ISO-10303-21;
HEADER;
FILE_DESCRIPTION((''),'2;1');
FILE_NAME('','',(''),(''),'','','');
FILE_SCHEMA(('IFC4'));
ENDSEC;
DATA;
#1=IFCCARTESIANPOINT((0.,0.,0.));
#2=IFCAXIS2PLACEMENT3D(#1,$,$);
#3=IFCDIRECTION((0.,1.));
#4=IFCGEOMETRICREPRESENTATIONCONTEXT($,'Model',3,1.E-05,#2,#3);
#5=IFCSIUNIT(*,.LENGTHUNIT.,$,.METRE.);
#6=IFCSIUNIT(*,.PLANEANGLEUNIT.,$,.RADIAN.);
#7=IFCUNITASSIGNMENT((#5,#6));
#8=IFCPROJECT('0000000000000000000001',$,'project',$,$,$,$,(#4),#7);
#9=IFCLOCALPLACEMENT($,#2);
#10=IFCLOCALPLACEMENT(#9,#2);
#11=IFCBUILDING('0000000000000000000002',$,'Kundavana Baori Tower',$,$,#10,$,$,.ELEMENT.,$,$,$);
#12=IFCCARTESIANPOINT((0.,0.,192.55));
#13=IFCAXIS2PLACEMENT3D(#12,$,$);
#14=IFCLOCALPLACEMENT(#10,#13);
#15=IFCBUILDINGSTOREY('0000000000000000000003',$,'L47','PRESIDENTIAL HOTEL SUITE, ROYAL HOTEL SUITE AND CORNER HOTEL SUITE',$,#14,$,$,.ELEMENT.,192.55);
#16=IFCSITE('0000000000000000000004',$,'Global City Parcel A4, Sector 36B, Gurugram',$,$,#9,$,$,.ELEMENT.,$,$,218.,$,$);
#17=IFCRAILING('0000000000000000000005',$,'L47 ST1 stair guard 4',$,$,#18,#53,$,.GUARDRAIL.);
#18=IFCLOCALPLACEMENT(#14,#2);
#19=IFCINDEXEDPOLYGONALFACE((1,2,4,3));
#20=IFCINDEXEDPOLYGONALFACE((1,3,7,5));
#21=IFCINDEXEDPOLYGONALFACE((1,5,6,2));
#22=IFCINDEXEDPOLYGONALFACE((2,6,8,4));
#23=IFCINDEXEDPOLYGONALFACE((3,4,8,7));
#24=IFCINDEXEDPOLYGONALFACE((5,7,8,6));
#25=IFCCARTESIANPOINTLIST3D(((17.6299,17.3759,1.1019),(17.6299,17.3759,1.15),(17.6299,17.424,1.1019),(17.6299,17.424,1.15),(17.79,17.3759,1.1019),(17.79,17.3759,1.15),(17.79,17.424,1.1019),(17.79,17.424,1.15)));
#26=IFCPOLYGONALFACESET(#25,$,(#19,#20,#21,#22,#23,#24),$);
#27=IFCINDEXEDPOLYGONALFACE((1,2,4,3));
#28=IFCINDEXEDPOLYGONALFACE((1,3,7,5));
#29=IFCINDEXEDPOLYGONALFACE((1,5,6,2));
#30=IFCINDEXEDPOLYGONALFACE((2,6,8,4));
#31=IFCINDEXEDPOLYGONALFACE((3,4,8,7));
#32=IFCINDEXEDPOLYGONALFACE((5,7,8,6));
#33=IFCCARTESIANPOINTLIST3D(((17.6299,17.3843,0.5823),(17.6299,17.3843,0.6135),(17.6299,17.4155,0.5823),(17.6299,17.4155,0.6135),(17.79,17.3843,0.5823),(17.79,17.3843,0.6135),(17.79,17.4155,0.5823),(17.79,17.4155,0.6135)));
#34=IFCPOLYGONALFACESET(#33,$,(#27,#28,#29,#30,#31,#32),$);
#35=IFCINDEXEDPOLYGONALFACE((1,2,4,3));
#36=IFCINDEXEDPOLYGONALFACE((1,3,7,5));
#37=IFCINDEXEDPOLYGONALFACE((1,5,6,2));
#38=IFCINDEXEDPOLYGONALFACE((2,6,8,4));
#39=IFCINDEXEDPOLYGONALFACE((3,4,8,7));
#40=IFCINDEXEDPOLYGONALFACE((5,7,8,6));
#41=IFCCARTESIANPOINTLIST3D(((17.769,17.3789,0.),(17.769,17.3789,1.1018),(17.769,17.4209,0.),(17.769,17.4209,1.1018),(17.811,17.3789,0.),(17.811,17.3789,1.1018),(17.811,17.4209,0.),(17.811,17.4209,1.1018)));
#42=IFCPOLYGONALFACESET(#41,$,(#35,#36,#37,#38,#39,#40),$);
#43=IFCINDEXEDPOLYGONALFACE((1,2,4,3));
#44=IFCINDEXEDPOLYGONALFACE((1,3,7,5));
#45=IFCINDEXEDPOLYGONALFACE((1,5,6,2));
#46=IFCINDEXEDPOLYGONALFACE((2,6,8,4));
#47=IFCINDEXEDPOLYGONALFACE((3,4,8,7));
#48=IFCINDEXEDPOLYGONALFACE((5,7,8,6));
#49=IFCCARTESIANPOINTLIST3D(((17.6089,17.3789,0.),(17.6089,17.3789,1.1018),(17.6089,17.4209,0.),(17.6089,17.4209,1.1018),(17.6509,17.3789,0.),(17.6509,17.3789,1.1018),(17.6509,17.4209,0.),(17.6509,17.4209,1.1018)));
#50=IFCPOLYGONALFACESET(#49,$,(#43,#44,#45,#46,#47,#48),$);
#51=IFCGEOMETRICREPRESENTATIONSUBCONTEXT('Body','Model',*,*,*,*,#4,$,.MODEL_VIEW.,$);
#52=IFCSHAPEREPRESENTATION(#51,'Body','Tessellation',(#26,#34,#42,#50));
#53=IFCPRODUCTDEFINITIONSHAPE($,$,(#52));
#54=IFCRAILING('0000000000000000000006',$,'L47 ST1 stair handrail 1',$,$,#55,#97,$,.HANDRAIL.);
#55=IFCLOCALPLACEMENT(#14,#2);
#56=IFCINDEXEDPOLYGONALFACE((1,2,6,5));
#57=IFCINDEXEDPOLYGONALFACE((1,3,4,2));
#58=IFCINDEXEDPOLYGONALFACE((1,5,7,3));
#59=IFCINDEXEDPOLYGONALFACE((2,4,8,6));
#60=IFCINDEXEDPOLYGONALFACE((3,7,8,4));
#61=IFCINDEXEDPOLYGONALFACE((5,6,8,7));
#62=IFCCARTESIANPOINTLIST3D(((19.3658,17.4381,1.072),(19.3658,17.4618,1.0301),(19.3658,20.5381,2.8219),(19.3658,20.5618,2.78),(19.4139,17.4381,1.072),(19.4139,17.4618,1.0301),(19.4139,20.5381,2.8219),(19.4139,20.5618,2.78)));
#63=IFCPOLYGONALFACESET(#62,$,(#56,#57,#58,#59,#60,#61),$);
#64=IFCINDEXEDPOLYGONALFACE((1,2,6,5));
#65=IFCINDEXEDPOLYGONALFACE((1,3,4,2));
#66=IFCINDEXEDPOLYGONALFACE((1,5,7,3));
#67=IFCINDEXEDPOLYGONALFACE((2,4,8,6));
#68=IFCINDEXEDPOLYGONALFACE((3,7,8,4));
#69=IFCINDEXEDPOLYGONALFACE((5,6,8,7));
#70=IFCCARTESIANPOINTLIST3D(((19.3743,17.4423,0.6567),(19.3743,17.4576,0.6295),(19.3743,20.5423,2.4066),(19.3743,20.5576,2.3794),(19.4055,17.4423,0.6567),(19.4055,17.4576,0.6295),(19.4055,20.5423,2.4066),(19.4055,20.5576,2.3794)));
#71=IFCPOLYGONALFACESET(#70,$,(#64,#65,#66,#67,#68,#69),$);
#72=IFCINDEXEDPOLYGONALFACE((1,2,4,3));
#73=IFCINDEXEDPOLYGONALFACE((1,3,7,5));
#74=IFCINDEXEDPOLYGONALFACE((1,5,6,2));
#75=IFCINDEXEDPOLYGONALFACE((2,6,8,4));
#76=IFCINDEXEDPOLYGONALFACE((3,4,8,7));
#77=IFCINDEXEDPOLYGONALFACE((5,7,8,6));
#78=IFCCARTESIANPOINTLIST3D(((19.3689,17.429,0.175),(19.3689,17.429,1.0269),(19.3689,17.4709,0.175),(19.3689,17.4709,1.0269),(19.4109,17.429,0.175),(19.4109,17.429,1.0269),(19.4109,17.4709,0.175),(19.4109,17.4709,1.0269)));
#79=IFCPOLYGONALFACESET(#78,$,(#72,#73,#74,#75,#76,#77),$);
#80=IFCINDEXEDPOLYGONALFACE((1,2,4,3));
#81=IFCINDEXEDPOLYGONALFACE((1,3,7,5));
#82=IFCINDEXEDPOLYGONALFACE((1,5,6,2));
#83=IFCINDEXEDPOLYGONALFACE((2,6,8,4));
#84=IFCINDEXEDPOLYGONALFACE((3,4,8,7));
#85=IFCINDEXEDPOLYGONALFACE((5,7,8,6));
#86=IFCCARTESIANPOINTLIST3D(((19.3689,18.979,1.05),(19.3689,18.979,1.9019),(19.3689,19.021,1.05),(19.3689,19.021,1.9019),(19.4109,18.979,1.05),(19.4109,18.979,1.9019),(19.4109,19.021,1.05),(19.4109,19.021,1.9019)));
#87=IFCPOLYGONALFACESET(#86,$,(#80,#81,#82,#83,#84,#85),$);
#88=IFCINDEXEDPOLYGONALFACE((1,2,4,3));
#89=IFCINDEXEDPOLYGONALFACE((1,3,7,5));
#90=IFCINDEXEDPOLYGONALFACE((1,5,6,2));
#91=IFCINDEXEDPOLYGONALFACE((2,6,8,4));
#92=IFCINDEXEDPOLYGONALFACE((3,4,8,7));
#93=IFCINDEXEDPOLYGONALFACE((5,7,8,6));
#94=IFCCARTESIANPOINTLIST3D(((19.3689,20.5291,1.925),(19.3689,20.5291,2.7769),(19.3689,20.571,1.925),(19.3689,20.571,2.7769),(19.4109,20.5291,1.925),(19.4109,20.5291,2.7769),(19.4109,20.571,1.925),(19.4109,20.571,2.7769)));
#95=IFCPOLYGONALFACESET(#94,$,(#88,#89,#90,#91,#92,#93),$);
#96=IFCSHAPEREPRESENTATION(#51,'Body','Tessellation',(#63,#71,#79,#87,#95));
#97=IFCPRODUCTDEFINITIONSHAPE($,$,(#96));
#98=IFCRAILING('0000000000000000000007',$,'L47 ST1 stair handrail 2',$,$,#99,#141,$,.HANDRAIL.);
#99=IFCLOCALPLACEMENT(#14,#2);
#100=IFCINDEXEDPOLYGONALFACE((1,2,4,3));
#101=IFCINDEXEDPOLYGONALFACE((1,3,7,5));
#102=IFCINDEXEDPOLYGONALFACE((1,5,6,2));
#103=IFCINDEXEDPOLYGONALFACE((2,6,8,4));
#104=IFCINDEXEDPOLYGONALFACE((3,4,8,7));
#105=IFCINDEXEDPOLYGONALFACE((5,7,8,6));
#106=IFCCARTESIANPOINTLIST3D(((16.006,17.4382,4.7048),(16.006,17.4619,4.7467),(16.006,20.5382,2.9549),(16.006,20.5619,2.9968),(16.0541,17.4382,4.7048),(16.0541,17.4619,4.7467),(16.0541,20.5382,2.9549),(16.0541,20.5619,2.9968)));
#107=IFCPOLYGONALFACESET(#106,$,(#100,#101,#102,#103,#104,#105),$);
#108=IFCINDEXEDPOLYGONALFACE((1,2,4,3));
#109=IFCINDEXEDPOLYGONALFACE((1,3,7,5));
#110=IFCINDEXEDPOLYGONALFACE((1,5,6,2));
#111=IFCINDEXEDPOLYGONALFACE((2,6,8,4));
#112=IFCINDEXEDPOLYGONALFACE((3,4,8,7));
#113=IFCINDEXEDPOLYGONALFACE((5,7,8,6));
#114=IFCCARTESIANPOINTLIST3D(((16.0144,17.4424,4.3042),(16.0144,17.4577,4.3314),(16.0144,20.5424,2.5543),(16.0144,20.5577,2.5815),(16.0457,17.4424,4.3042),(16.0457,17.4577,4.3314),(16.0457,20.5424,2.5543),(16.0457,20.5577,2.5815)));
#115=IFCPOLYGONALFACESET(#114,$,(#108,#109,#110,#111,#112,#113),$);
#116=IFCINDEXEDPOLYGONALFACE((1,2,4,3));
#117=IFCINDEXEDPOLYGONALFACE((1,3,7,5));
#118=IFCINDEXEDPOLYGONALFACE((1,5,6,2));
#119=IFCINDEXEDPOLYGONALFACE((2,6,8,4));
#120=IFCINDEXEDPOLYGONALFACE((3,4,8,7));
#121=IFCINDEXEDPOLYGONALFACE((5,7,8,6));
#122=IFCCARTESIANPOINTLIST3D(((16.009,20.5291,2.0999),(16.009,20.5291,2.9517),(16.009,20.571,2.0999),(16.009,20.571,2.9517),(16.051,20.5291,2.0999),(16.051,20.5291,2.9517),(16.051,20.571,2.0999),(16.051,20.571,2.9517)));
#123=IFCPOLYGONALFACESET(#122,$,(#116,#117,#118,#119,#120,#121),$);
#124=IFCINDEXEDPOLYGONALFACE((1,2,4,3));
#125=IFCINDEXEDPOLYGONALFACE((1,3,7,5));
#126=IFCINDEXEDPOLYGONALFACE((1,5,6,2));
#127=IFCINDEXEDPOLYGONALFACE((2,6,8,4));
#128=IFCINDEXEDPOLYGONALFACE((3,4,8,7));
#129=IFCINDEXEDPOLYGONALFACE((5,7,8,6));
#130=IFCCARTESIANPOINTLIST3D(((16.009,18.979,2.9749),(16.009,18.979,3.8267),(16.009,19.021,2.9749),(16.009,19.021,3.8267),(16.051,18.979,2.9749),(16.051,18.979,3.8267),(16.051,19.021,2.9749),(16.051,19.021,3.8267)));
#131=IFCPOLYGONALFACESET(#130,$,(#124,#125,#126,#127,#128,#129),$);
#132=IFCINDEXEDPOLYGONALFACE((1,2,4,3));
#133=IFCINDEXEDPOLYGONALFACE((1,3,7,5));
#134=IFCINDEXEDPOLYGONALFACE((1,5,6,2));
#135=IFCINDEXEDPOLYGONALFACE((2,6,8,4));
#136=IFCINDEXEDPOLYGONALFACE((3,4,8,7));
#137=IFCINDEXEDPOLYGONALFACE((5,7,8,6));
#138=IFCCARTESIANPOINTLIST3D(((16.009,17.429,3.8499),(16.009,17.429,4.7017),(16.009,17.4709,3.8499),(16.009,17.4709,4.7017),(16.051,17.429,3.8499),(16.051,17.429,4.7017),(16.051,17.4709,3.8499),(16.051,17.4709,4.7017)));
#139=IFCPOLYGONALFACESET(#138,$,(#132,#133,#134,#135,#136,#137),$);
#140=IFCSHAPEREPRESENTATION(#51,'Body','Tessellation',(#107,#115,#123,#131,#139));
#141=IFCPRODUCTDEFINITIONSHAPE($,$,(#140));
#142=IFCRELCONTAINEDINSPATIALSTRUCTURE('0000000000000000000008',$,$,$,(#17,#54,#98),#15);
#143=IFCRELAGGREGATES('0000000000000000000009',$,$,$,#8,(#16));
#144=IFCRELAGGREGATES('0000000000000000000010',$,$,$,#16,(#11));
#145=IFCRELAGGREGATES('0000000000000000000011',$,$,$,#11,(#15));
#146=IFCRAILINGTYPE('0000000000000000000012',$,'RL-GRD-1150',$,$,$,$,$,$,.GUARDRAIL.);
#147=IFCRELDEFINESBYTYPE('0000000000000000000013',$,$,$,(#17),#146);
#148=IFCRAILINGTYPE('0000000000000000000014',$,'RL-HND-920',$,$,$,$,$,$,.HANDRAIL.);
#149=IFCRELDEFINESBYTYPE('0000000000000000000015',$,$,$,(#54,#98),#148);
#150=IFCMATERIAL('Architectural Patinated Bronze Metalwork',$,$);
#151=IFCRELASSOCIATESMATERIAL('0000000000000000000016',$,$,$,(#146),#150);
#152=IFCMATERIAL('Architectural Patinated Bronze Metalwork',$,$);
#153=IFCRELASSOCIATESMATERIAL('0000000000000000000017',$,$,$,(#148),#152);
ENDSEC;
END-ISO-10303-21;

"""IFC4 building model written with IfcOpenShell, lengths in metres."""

from ifc_helpers import new_model, si_unit, direction, frame, origin, origin_2d, place, context, subcontext, project, spatial, rectangle, extrude, material, type_object, element, save


model = new_model("IFC4")

# Units and contexts
model_context = context("Model", 3, precision=1e-05, world=origin(), true_north=direction((0.0, 1.0)))
body_context = subcontext(model_context, "Body", "Model", "MODEL_VIEW")
ifc_project = project(units=[si_unit("LENGTHUNIT", "METRE"), si_unit("PLANEANGLEUNIT", "RADIAN")], contexts=[model_context])

# Site, building, storey
site_placement = place(None, origin())
site = spatial("IfcSite", under=ifc_project, at=site_placement, Name="Global City Parcel A4, Sector 36B, Gurugram", CompositionType="ELEMENT", RefElevation=218.0)
building_placement = place(site_placement, origin())
building = spatial("IfcBuilding", under=site, at=building_placement, Name="Kundavana Baori Tower", CompositionType="ELEMENT")
storey_placement = place(building_placement, frame((0.0, 0.0, 192.55)))
storey = spatial("IfcBuildingStorey", under=building, at=storey_placement, Name="L47", Description="PRESIDENTIAL HOTEL SUITE, ROYAL HOTEL SUITE AND CORNER HOTEL SUITE", CompositionType="ELEMENT", Elevation=192.55)

# Railings
ifc_material_1 = material(Name="Architectural Patinated Bronze Metalwork")
railing_type_1 = type_object("IfcRailingType", Name="RL-GRD-1150", PredefinedType="GUARDRAIL", material=ifc_material_1)
railing_1_placement = place(storey_placement, frame((17.79, 17.3999, 0.0)))
element("IfcRailing", 1, at=railing_1_placement, inside=storey, type_object=railing_type_1, Name="L47 ST1 stair guard 4", PredefinedType="GUARDRAIL", context=body_context, shape_type="SweptSolid", body=[
    extrude(rectangle(XDim=0.0481, YDim=0.0481, at=origin_2d()), frame((0.0, 0.0, 1.126), z_axis=(-1.0, 0.0, 0.0), x_axis=(0.0, -1.0, 0.0)), (0.0, 0.0, 1.0), 0.1602),
    extrude(rectangle(XDim=0.0312, YDim=0.0312, at=origin_2d()), frame((0.0, 0.0, 0.5979), z_axis=(-1.0, 0.0, 0.0), x_axis=(0.0, -1.0, 0.0)), (0.0, 0.0, 1.0), 0.1602),
    extrude(rectangle(XDim=0.042, YDim=0.042, at=origin_2d()), origin(), (0.0, 0.0, 1.0), 1.1018),
    extrude(rectangle(XDim=0.042, YDim=0.042, at=origin_2d()), frame((-0.1602, 0.0, 0.0)), (0.0, 0.0, 1.0), 1.1018),
])
ifc_material_2 = material(Name="Architectural Patinated Bronze Metalwork")
railing_type_2 = type_object("IfcRailingType", Name="RL-HND-920", PredefinedType="HANDRAIL", material=ifc_material_2)
railing_2_placement = place(storey_placement, frame((19.3899, 17.45, 0.175)))
element("IfcRailing", 2, at=railing_2_placement, inside=storey, type_object=railing_type_2, Name="L47 ST1 stair handrail 1", PredefinedType="HANDRAIL", context=body_context, shape_type="SweptSolid", body=[
    extrude(rectangle(XDim=0.0481, YDim=0.0481, at=origin_2d()), frame((0.0, 0.0, 0.876), z_axis=(0.0, 0.870831, 0.491583), x_axis=(-1.0, 0.0, 0.0)), (0.0, 0.0, 1.0), 3.5598),
    extrude(rectangle(XDim=0.0312, YDim=0.0312, at=origin_2d()), frame((0.0, 0.0, 0.468), z_axis=(0.0, 0.870831, 0.491583), x_axis=(-1.0, 0.0, 0.0)), (0.0, 0.0, 1.0), 3.5598),
    extrude(rectangle(XDim=0.042, YDim=0.042, at=origin_2d()), origin(), (0.0, 0.0, 1.0), 0.8518),
    extrude(rectangle(XDim=0.042, YDim=0.042, at=origin_2d()), frame((0.0, 1.55, 0.875)), (0.0, 0.0, 1.0), 0.8518),
    extrude(rectangle(XDim=0.042, YDim=0.042, at=origin_2d()), frame((0.0, 3.1001, 1.75)), (0.0, 0.0, 1.0), 0.8518),
])
railing_3_placement = place(storey_placement, frame((16.03, 20.55, 2.0999)))
element("IfcRailing", 3, at=railing_3_placement, inside=storey, type_object=railing_type_2, Name="L47 ST1 stair handrail 2", PredefinedType="HANDRAIL", context=body_context, shape_type="SweptSolid", body=[
    extrude(rectangle(XDim=0.0481, YDim=0.0481, at=origin_2d()), frame((0.0, 0.0, 0.876), z_axis=(0.0, -0.870831, 0.491583), x_axis=(1.0, 0.0, 0.0)), (0.0, 0.0, 1.0), 3.5598),
    extrude(rectangle(XDim=0.0312, YDim=0.0312, at=origin_2d()), frame((0.0, 0.0, 0.468), z_axis=(0.0, -0.870831, 0.491583), x_axis=(1.0, 0.0, 0.0)), (0.0, 0.0, 1.0), 3.5598),
    extrude(rectangle(XDim=0.042, YDim=0.042, at=origin_2d()), origin(), (0.0, 0.0, 1.0), 0.8518),
    extrude(rectangle(XDim=0.042, YDim=0.042, at=origin_2d()), frame((0.0, -1.55, 0.875)), (0.0, 0.0, 1.0), 0.8518),
    extrude(rectangle(XDim=0.042, YDim=0.042, at=origin_2d()), frame((0.0, -3.1001, 1.75)), (0.0, 0.0, 1.0), 0.8518),
])

save(model, "model.ifc")
